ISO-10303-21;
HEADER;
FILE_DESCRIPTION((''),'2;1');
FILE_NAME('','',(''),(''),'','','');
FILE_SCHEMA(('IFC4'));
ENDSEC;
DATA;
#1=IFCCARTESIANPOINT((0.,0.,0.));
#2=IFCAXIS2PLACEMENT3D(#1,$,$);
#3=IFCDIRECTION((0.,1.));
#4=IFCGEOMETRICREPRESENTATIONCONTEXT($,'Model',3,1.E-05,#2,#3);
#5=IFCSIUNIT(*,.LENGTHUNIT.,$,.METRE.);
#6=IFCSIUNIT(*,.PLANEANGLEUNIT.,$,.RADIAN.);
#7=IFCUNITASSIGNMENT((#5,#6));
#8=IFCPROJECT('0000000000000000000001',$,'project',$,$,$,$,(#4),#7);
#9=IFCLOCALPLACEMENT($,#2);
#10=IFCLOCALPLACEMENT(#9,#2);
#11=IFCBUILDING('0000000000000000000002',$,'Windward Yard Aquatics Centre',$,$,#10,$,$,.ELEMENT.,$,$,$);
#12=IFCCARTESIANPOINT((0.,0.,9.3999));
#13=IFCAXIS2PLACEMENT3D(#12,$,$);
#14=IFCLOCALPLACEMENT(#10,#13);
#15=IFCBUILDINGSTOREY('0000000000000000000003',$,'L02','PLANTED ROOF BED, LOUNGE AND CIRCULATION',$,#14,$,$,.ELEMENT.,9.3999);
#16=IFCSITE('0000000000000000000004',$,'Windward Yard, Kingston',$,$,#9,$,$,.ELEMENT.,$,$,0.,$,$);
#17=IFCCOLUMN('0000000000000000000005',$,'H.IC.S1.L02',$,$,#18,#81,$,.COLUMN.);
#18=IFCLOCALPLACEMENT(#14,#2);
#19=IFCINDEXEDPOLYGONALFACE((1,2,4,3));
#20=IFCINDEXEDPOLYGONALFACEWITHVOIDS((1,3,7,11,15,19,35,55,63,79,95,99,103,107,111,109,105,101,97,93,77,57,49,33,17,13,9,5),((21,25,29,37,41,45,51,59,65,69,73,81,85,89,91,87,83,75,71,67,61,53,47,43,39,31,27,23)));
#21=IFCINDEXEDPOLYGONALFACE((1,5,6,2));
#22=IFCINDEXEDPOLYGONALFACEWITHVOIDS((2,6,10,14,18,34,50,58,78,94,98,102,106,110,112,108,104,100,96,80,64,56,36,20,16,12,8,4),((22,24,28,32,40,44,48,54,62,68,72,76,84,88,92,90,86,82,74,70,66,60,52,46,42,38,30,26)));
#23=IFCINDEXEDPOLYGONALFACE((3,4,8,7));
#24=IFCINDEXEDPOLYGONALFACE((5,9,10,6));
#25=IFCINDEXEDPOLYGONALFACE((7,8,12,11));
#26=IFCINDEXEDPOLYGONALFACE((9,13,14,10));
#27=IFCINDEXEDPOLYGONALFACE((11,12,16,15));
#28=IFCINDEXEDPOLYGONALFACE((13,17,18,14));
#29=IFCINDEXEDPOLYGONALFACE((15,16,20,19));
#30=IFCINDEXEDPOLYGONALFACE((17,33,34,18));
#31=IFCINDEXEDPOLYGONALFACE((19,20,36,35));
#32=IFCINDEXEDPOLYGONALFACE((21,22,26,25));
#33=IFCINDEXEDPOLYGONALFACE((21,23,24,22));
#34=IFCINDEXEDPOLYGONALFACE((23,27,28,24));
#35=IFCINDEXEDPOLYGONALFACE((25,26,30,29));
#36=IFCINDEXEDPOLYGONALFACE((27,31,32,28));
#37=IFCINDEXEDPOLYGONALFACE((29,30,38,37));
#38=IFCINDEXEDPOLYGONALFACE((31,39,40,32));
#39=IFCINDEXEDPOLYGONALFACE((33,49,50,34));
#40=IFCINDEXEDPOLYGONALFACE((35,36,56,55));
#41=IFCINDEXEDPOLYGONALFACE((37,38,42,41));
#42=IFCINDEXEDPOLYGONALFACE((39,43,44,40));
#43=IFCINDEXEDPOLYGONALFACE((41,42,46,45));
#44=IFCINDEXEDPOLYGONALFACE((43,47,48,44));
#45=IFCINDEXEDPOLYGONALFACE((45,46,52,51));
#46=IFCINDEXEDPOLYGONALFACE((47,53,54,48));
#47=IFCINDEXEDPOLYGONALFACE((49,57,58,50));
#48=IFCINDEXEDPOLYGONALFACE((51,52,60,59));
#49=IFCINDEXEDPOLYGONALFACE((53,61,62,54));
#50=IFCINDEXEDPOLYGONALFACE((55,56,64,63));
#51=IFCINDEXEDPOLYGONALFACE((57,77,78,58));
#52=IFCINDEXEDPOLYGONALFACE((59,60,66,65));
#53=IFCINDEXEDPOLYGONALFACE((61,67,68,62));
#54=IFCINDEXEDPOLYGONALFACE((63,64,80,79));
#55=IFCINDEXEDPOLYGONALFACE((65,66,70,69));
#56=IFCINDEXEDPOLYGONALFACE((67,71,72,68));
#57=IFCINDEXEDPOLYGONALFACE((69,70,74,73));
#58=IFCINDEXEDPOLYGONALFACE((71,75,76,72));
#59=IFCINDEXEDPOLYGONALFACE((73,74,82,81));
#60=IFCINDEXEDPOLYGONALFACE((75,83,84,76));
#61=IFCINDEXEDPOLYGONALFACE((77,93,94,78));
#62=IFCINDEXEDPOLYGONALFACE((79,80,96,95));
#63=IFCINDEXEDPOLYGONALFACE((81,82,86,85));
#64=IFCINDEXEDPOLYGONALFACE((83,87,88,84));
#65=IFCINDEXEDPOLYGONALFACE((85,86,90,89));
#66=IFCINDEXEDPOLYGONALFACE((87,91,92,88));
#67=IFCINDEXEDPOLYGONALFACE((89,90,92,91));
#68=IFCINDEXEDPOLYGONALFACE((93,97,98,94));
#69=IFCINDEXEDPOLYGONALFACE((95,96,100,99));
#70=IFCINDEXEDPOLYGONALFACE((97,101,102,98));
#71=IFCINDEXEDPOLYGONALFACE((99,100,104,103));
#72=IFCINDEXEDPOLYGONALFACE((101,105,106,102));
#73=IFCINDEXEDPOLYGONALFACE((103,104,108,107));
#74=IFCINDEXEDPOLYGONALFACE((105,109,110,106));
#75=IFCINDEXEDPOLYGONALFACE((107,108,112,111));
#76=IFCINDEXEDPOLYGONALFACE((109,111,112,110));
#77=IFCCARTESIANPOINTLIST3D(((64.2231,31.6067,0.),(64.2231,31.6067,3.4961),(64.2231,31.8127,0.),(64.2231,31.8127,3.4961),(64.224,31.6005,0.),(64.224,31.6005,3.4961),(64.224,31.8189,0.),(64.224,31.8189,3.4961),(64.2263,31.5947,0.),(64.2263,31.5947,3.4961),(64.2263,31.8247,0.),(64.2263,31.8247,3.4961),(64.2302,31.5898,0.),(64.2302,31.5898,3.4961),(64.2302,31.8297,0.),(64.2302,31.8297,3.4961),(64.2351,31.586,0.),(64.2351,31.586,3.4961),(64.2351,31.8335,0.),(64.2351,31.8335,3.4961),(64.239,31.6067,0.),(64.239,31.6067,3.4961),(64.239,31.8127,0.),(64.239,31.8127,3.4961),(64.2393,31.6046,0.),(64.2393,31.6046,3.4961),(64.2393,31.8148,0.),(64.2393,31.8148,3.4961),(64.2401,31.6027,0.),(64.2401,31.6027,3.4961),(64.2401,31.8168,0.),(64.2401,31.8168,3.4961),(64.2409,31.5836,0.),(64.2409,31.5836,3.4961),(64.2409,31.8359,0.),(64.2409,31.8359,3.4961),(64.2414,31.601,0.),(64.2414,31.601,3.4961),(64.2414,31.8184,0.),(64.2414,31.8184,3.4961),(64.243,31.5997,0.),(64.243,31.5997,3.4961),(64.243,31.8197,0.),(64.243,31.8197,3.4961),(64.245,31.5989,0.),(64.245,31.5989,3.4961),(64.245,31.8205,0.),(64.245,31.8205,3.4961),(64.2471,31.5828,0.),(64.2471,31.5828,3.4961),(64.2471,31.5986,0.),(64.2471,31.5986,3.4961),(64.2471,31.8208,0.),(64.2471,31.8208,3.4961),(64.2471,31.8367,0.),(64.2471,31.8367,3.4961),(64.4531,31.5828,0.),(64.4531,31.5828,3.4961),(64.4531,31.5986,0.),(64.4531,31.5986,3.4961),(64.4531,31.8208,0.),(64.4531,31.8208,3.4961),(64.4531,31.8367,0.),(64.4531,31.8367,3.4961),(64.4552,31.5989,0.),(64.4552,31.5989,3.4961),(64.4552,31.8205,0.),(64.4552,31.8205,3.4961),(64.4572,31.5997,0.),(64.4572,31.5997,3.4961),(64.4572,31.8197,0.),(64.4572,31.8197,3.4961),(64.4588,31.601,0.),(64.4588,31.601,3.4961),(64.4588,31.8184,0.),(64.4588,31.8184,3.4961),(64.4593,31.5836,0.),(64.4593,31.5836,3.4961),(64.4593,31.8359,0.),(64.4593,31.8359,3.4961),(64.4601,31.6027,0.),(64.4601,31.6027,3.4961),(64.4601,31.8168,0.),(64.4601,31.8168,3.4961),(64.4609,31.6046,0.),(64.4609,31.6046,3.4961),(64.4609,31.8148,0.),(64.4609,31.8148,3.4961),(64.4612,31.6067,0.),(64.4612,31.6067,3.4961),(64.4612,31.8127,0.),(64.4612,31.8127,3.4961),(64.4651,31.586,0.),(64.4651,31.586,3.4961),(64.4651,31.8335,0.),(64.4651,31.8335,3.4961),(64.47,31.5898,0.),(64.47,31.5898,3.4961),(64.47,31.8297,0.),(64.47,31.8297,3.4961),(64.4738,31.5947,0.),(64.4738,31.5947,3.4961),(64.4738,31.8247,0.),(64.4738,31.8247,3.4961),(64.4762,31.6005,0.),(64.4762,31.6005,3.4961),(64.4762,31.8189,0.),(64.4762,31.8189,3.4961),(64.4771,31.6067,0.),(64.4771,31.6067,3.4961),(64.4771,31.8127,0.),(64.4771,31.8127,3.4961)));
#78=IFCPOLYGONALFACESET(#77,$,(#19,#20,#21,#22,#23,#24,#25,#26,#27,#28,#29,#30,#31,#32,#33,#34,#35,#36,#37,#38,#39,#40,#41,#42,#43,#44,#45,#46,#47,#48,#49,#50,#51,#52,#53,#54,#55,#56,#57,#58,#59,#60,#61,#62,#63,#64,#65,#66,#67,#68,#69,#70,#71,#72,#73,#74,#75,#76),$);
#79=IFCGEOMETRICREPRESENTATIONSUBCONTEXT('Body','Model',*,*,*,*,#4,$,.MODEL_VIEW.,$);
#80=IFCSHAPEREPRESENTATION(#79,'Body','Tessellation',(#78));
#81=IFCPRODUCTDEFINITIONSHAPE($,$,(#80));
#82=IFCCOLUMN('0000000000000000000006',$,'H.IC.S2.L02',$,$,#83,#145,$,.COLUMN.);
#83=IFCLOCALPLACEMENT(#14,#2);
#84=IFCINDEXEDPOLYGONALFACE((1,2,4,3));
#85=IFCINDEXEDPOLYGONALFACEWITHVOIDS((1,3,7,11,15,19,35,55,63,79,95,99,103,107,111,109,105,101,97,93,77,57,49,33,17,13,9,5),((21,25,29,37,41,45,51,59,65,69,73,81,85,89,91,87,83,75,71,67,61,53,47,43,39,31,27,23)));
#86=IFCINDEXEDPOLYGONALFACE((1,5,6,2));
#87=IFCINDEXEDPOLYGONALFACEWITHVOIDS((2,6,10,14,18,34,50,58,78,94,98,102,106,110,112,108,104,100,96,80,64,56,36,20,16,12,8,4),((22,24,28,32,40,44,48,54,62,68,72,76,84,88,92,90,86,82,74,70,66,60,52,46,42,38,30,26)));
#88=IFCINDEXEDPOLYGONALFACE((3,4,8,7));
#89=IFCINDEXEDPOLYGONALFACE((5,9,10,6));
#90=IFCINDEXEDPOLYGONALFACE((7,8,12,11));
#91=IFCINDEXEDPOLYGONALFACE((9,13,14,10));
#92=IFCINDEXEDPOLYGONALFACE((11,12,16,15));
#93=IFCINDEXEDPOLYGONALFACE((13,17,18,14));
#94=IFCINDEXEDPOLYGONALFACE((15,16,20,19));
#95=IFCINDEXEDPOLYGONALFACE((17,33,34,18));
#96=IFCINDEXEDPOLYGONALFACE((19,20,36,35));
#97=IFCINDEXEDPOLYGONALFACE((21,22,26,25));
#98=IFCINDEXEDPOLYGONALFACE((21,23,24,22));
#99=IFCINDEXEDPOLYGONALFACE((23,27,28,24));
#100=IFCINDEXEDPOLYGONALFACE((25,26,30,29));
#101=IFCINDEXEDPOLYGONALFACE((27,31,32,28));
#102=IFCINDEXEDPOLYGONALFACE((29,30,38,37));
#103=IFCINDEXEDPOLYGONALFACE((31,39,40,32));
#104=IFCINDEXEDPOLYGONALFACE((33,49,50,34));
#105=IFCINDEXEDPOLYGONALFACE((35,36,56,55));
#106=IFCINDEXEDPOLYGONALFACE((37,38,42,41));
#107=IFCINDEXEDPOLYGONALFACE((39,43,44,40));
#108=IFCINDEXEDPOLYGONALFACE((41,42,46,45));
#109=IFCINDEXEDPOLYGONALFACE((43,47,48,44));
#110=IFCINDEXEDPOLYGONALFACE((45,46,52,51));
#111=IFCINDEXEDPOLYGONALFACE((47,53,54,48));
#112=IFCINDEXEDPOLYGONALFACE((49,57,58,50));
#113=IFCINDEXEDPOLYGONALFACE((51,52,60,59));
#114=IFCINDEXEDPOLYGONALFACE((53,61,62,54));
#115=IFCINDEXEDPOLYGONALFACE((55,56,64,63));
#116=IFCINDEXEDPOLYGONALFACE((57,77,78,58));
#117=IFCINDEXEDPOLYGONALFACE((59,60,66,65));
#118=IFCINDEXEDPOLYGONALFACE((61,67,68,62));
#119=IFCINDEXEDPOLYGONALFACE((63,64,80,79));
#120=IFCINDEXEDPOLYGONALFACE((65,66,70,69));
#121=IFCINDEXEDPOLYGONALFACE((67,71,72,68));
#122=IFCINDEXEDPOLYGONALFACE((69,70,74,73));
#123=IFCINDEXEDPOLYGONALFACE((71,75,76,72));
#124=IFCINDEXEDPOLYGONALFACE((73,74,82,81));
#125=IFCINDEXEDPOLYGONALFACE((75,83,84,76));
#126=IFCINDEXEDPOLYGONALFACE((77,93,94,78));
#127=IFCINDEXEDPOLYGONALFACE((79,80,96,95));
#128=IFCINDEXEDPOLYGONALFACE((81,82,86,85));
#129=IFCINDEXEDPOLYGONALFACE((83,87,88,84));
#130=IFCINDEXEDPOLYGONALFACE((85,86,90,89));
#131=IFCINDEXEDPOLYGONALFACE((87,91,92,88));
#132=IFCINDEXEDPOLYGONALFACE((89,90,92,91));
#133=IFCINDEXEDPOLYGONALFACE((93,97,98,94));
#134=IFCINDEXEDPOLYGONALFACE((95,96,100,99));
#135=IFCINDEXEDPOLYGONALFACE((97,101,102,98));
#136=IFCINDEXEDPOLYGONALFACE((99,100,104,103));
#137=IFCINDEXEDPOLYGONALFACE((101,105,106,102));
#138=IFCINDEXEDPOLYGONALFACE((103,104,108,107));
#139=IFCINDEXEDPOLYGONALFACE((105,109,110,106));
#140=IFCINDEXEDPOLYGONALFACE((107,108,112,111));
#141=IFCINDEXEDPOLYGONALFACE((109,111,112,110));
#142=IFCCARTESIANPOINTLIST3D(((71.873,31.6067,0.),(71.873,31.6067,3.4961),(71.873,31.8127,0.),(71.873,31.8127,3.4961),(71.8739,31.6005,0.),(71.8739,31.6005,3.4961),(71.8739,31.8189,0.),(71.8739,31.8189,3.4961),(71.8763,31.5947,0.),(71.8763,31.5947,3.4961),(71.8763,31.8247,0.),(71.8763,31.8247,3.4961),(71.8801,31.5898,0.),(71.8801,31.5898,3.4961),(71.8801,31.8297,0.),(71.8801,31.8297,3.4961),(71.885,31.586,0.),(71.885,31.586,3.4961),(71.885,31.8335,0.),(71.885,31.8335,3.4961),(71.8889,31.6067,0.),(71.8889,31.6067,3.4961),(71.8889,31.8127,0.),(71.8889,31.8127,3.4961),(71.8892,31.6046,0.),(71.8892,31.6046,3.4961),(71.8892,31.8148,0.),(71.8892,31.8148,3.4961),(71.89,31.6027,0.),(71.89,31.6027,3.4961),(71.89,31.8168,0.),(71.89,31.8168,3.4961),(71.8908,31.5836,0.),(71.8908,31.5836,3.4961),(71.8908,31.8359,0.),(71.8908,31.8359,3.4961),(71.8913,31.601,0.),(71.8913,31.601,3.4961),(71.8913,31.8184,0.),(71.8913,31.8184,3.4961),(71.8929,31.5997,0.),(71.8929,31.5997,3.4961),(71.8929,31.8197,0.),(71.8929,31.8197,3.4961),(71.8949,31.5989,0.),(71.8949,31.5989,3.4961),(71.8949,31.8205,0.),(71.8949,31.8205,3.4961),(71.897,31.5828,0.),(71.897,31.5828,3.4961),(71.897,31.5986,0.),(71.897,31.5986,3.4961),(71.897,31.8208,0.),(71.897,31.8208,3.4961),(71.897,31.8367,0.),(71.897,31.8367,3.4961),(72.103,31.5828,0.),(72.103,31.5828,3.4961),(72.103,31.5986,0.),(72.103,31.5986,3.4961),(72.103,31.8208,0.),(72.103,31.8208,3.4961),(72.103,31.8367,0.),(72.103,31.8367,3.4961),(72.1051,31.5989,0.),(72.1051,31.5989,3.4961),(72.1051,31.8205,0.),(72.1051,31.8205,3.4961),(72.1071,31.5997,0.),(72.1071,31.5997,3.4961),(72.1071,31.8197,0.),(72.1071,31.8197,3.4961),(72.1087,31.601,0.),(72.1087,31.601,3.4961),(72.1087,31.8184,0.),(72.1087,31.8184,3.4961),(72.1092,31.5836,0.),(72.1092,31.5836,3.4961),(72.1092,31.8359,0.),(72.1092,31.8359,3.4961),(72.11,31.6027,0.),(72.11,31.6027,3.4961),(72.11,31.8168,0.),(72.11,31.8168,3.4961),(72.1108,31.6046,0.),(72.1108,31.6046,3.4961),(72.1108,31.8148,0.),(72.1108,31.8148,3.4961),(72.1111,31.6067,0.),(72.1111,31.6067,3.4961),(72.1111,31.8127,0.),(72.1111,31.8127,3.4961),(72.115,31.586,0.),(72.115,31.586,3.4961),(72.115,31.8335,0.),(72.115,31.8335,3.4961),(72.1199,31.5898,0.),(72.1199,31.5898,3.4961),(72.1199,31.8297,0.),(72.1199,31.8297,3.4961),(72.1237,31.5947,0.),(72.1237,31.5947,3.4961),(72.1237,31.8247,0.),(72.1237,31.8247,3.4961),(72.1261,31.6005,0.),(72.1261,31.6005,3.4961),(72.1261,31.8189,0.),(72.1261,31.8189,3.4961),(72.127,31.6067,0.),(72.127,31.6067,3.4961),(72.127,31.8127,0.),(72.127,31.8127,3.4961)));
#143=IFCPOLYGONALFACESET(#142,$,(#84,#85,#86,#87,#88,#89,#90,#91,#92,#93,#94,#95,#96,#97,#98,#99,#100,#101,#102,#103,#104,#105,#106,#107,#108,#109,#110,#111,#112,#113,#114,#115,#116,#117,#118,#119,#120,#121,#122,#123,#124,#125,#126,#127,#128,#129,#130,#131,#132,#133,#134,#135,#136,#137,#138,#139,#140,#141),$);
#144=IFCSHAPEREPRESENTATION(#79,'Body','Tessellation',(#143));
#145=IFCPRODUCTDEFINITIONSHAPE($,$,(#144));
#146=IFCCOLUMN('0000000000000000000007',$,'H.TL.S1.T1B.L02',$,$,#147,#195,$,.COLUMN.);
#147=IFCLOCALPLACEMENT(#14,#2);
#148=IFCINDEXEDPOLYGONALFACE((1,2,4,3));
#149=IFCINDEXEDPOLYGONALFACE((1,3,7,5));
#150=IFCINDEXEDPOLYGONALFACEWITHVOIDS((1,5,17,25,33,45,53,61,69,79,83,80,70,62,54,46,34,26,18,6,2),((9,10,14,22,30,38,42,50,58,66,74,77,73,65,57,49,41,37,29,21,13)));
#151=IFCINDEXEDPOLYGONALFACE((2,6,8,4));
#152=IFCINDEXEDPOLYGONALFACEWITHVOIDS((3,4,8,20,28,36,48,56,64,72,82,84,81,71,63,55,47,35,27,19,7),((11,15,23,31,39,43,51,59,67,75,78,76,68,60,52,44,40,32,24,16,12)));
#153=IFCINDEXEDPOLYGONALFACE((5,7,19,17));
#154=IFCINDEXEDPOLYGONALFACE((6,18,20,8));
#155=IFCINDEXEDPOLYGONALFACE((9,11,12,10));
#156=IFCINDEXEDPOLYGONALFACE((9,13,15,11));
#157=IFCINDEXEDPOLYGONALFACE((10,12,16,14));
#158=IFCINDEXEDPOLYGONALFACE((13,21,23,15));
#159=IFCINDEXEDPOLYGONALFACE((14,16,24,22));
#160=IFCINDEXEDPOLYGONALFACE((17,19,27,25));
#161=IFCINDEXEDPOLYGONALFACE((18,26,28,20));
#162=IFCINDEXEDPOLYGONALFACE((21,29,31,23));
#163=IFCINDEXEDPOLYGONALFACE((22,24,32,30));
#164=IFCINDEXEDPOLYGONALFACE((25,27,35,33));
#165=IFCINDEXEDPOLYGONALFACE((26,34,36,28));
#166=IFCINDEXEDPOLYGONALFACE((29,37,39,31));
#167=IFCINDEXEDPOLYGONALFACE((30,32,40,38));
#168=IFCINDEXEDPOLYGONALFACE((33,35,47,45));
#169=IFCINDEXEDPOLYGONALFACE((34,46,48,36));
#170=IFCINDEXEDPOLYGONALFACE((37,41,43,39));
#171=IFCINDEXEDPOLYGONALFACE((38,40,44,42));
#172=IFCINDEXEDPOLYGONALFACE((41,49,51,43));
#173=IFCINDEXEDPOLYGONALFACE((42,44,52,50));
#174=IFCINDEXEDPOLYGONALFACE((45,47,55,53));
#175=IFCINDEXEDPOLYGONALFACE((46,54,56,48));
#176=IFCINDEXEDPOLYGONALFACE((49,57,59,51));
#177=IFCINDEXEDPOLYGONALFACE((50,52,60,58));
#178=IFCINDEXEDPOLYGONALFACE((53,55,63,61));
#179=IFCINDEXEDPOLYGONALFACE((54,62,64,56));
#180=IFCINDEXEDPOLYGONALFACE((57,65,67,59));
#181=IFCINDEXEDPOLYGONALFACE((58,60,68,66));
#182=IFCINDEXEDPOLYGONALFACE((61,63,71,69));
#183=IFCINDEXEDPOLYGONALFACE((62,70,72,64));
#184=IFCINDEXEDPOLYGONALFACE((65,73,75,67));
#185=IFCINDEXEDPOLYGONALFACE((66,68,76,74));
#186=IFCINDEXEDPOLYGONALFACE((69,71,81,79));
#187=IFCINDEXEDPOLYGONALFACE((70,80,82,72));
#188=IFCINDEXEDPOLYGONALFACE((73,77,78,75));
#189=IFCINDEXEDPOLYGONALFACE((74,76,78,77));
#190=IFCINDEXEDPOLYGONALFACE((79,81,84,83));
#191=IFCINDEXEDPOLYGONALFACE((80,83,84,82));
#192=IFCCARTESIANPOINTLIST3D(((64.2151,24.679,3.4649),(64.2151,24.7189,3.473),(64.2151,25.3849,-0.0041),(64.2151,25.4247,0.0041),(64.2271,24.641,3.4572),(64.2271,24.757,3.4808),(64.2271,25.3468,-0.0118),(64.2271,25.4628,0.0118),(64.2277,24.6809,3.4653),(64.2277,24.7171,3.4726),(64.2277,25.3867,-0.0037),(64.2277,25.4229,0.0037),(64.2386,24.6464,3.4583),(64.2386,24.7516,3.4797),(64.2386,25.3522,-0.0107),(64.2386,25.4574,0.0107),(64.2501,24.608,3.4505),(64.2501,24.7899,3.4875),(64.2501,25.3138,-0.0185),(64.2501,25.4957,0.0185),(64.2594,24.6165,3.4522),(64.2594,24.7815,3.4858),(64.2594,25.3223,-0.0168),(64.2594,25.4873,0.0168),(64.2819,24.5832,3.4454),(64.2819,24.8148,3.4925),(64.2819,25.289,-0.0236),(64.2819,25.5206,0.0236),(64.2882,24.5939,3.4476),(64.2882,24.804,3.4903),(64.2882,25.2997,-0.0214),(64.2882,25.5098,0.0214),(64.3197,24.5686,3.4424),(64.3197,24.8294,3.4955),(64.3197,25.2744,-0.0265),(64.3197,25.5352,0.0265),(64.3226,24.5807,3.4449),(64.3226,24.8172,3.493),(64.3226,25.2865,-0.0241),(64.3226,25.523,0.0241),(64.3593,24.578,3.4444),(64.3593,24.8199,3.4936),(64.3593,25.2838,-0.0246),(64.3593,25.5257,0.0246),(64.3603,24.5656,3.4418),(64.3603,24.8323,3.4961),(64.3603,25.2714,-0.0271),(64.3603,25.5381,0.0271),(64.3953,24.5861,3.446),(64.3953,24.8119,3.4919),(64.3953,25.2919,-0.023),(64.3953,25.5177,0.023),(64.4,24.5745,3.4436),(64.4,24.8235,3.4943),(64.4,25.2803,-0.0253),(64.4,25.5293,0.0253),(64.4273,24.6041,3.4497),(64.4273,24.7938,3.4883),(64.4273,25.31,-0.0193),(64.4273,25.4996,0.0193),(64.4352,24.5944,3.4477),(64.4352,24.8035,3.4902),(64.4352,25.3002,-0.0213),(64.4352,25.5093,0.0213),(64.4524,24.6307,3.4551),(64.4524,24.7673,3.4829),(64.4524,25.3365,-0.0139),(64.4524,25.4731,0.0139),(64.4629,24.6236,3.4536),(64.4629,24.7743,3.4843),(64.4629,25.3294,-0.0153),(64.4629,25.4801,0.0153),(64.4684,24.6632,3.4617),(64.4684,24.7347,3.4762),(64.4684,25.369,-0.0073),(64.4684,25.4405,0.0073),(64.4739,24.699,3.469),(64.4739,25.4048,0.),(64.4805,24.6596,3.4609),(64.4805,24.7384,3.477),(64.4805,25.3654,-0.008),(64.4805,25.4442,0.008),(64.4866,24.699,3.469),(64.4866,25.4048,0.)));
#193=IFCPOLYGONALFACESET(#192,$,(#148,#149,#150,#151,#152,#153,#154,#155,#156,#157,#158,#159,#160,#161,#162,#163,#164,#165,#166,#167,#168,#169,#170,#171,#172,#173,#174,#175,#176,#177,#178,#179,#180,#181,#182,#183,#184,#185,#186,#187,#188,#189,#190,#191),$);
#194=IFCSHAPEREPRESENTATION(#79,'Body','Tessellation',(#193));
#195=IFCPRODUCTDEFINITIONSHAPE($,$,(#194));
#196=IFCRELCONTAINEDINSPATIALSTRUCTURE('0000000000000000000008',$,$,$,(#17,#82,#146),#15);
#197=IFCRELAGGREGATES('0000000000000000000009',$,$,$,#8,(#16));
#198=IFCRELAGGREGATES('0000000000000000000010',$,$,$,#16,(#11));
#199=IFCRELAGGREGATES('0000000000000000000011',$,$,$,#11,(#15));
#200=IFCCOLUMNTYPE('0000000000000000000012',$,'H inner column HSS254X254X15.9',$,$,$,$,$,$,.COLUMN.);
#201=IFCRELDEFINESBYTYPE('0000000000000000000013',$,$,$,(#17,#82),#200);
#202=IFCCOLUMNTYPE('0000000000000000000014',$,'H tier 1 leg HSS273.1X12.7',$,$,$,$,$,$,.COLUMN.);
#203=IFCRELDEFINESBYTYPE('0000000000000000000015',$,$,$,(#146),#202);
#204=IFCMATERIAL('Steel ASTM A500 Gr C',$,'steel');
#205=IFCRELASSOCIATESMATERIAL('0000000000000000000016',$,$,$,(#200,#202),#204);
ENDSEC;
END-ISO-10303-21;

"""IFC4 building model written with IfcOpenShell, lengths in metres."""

from ifc_helpers import new_model, si_unit, direction, frame, origin, origin_2d, place, context, subcontext, project, spatial, hollow_rectangle, hollow_circle, extrude, material, material_profile, profile_set, type_object, element, save


model = new_model("IFC4")

# Units and contexts
model_context = context("Model", 3, precision=1e-05, world=origin(), true_north=direction((0.0, 1.0)))
body_context = subcontext(model_context, "Body", "Model", "MODEL_VIEW")
ifc_project = project(units=[si_unit("LENGTHUNIT", "METRE"), si_unit("PLANEANGLEUNIT", "RADIAN")], contexts=[model_context])

# Site, building, storey
site_placement = place(None, origin())
site = spatial("IfcSite", under=ifc_project, at=site_placement, Name="Windward Yard, Kingston", CompositionType="ELEMENT", RefElevation=0.0)
building_placement = place(site_placement, origin())
building = spatial("IfcBuilding", under=site, at=building_placement, Name="Windward Yard Aquatics Centre", CompositionType="ELEMENT")
storey_placement = place(building_placement, frame((0.0, 0.0, 9.3999)))
storey = spatial("IfcBuildingStorey", under=building, at=storey_placement, Name="L02", Description="PLANTED ROOF BED, LOUNGE AND CIRCULATION", CompositionType="ELEMENT", Elevation=9.3999)

# Columns
ifc_material_1 = material(Name="Steel ASTM A500 Gr C", Category="steel")
ifc_material_profile_1 = material_profile(ifc_material_1, hollow_rectangle(XDim=0.2539, YDim=0.2539, WallThickness=0.0159, InnerFilletRadius=0.0081, OuterFilletRadius=0.0239, at=origin_2d()), Name="HSS254X254X15.9")
ifc_profile_set_1 = profile_set([ifc_material_profile_1], Name="Steel ASTM A500 Gr C")
column_type_1 = type_object("IfcColumnType", Name="H inner column HSS254X254X15.9", PredefinedType="COLUMN", material=ifc_profile_set_1)
for number, where, z_axis, x_axis, name in (
    (1, (64.3501, 31.7097, 0.0), (0.0, 0.0, 1.0), (1.0, 0.0, 0.0), "H.IC.S1.L02"),
    (2, (72.0, 31.7097, 0.0), (0.0, 0.0, 1.0), (1.0, 0.0, 0.0), "H.IC.S2.L02"),
):
    element("IfcColumn", number, at=place(storey_placement, frame(where, z_axis=z_axis, x_axis=x_axis)), inside=storey, type_object=column_type_1, Name=name, PredefinedType="COLUMN", context=body_context, shape_type="SweptSolid", body=[
        extrude(hollow_rectangle(XDim=0.2539, YDim=0.2539, WallThickness=0.0159, InnerFilletRadius=0.0081, OuterFilletRadius=0.0239, at=origin_2d()), origin(), (0.0, 0.0, 1.0), 3.4961),
    ])
ifc_material_profile_2 = material_profile(ifc_material_1, hollow_circle(Radius=0.1365, WallThickness=0.0127, at=origin_2d()), Name="HSS273.1X12.7")
ifc_profile_set_2 = profile_set([ifc_material_profile_2], Name="Steel ASTM A500 Gr C")
column_type_2 = type_object("IfcColumnType", Name="H tier 1 leg HSS273.1X12.7", PredefinedType="COLUMN", material=ifc_profile_set_2)
for number, where, z_axis, x_axis, name in (
    (3, (64.3501, 25.4048, 0.0), (0.0, -0.199378, 0.979923), (1.0, 0.0, 0.0), "H.TL.S1.T1B.L02"),
):
    element("IfcColumn", number, at=place(storey_placement, frame(where, z_axis=z_axis, x_axis=x_axis)), inside=storey, type_object=column_type_2, Name=name, PredefinedType="COLUMN", context=body_context, shape_type="SweptSolid", body=[
        extrude(hollow_circle(Radius=0.1365, WallThickness=0.0127, at=origin_2d()), origin(), (0.0, 0.0, 1.0), 3.54),
    ])

save(model, "model.ifc")
